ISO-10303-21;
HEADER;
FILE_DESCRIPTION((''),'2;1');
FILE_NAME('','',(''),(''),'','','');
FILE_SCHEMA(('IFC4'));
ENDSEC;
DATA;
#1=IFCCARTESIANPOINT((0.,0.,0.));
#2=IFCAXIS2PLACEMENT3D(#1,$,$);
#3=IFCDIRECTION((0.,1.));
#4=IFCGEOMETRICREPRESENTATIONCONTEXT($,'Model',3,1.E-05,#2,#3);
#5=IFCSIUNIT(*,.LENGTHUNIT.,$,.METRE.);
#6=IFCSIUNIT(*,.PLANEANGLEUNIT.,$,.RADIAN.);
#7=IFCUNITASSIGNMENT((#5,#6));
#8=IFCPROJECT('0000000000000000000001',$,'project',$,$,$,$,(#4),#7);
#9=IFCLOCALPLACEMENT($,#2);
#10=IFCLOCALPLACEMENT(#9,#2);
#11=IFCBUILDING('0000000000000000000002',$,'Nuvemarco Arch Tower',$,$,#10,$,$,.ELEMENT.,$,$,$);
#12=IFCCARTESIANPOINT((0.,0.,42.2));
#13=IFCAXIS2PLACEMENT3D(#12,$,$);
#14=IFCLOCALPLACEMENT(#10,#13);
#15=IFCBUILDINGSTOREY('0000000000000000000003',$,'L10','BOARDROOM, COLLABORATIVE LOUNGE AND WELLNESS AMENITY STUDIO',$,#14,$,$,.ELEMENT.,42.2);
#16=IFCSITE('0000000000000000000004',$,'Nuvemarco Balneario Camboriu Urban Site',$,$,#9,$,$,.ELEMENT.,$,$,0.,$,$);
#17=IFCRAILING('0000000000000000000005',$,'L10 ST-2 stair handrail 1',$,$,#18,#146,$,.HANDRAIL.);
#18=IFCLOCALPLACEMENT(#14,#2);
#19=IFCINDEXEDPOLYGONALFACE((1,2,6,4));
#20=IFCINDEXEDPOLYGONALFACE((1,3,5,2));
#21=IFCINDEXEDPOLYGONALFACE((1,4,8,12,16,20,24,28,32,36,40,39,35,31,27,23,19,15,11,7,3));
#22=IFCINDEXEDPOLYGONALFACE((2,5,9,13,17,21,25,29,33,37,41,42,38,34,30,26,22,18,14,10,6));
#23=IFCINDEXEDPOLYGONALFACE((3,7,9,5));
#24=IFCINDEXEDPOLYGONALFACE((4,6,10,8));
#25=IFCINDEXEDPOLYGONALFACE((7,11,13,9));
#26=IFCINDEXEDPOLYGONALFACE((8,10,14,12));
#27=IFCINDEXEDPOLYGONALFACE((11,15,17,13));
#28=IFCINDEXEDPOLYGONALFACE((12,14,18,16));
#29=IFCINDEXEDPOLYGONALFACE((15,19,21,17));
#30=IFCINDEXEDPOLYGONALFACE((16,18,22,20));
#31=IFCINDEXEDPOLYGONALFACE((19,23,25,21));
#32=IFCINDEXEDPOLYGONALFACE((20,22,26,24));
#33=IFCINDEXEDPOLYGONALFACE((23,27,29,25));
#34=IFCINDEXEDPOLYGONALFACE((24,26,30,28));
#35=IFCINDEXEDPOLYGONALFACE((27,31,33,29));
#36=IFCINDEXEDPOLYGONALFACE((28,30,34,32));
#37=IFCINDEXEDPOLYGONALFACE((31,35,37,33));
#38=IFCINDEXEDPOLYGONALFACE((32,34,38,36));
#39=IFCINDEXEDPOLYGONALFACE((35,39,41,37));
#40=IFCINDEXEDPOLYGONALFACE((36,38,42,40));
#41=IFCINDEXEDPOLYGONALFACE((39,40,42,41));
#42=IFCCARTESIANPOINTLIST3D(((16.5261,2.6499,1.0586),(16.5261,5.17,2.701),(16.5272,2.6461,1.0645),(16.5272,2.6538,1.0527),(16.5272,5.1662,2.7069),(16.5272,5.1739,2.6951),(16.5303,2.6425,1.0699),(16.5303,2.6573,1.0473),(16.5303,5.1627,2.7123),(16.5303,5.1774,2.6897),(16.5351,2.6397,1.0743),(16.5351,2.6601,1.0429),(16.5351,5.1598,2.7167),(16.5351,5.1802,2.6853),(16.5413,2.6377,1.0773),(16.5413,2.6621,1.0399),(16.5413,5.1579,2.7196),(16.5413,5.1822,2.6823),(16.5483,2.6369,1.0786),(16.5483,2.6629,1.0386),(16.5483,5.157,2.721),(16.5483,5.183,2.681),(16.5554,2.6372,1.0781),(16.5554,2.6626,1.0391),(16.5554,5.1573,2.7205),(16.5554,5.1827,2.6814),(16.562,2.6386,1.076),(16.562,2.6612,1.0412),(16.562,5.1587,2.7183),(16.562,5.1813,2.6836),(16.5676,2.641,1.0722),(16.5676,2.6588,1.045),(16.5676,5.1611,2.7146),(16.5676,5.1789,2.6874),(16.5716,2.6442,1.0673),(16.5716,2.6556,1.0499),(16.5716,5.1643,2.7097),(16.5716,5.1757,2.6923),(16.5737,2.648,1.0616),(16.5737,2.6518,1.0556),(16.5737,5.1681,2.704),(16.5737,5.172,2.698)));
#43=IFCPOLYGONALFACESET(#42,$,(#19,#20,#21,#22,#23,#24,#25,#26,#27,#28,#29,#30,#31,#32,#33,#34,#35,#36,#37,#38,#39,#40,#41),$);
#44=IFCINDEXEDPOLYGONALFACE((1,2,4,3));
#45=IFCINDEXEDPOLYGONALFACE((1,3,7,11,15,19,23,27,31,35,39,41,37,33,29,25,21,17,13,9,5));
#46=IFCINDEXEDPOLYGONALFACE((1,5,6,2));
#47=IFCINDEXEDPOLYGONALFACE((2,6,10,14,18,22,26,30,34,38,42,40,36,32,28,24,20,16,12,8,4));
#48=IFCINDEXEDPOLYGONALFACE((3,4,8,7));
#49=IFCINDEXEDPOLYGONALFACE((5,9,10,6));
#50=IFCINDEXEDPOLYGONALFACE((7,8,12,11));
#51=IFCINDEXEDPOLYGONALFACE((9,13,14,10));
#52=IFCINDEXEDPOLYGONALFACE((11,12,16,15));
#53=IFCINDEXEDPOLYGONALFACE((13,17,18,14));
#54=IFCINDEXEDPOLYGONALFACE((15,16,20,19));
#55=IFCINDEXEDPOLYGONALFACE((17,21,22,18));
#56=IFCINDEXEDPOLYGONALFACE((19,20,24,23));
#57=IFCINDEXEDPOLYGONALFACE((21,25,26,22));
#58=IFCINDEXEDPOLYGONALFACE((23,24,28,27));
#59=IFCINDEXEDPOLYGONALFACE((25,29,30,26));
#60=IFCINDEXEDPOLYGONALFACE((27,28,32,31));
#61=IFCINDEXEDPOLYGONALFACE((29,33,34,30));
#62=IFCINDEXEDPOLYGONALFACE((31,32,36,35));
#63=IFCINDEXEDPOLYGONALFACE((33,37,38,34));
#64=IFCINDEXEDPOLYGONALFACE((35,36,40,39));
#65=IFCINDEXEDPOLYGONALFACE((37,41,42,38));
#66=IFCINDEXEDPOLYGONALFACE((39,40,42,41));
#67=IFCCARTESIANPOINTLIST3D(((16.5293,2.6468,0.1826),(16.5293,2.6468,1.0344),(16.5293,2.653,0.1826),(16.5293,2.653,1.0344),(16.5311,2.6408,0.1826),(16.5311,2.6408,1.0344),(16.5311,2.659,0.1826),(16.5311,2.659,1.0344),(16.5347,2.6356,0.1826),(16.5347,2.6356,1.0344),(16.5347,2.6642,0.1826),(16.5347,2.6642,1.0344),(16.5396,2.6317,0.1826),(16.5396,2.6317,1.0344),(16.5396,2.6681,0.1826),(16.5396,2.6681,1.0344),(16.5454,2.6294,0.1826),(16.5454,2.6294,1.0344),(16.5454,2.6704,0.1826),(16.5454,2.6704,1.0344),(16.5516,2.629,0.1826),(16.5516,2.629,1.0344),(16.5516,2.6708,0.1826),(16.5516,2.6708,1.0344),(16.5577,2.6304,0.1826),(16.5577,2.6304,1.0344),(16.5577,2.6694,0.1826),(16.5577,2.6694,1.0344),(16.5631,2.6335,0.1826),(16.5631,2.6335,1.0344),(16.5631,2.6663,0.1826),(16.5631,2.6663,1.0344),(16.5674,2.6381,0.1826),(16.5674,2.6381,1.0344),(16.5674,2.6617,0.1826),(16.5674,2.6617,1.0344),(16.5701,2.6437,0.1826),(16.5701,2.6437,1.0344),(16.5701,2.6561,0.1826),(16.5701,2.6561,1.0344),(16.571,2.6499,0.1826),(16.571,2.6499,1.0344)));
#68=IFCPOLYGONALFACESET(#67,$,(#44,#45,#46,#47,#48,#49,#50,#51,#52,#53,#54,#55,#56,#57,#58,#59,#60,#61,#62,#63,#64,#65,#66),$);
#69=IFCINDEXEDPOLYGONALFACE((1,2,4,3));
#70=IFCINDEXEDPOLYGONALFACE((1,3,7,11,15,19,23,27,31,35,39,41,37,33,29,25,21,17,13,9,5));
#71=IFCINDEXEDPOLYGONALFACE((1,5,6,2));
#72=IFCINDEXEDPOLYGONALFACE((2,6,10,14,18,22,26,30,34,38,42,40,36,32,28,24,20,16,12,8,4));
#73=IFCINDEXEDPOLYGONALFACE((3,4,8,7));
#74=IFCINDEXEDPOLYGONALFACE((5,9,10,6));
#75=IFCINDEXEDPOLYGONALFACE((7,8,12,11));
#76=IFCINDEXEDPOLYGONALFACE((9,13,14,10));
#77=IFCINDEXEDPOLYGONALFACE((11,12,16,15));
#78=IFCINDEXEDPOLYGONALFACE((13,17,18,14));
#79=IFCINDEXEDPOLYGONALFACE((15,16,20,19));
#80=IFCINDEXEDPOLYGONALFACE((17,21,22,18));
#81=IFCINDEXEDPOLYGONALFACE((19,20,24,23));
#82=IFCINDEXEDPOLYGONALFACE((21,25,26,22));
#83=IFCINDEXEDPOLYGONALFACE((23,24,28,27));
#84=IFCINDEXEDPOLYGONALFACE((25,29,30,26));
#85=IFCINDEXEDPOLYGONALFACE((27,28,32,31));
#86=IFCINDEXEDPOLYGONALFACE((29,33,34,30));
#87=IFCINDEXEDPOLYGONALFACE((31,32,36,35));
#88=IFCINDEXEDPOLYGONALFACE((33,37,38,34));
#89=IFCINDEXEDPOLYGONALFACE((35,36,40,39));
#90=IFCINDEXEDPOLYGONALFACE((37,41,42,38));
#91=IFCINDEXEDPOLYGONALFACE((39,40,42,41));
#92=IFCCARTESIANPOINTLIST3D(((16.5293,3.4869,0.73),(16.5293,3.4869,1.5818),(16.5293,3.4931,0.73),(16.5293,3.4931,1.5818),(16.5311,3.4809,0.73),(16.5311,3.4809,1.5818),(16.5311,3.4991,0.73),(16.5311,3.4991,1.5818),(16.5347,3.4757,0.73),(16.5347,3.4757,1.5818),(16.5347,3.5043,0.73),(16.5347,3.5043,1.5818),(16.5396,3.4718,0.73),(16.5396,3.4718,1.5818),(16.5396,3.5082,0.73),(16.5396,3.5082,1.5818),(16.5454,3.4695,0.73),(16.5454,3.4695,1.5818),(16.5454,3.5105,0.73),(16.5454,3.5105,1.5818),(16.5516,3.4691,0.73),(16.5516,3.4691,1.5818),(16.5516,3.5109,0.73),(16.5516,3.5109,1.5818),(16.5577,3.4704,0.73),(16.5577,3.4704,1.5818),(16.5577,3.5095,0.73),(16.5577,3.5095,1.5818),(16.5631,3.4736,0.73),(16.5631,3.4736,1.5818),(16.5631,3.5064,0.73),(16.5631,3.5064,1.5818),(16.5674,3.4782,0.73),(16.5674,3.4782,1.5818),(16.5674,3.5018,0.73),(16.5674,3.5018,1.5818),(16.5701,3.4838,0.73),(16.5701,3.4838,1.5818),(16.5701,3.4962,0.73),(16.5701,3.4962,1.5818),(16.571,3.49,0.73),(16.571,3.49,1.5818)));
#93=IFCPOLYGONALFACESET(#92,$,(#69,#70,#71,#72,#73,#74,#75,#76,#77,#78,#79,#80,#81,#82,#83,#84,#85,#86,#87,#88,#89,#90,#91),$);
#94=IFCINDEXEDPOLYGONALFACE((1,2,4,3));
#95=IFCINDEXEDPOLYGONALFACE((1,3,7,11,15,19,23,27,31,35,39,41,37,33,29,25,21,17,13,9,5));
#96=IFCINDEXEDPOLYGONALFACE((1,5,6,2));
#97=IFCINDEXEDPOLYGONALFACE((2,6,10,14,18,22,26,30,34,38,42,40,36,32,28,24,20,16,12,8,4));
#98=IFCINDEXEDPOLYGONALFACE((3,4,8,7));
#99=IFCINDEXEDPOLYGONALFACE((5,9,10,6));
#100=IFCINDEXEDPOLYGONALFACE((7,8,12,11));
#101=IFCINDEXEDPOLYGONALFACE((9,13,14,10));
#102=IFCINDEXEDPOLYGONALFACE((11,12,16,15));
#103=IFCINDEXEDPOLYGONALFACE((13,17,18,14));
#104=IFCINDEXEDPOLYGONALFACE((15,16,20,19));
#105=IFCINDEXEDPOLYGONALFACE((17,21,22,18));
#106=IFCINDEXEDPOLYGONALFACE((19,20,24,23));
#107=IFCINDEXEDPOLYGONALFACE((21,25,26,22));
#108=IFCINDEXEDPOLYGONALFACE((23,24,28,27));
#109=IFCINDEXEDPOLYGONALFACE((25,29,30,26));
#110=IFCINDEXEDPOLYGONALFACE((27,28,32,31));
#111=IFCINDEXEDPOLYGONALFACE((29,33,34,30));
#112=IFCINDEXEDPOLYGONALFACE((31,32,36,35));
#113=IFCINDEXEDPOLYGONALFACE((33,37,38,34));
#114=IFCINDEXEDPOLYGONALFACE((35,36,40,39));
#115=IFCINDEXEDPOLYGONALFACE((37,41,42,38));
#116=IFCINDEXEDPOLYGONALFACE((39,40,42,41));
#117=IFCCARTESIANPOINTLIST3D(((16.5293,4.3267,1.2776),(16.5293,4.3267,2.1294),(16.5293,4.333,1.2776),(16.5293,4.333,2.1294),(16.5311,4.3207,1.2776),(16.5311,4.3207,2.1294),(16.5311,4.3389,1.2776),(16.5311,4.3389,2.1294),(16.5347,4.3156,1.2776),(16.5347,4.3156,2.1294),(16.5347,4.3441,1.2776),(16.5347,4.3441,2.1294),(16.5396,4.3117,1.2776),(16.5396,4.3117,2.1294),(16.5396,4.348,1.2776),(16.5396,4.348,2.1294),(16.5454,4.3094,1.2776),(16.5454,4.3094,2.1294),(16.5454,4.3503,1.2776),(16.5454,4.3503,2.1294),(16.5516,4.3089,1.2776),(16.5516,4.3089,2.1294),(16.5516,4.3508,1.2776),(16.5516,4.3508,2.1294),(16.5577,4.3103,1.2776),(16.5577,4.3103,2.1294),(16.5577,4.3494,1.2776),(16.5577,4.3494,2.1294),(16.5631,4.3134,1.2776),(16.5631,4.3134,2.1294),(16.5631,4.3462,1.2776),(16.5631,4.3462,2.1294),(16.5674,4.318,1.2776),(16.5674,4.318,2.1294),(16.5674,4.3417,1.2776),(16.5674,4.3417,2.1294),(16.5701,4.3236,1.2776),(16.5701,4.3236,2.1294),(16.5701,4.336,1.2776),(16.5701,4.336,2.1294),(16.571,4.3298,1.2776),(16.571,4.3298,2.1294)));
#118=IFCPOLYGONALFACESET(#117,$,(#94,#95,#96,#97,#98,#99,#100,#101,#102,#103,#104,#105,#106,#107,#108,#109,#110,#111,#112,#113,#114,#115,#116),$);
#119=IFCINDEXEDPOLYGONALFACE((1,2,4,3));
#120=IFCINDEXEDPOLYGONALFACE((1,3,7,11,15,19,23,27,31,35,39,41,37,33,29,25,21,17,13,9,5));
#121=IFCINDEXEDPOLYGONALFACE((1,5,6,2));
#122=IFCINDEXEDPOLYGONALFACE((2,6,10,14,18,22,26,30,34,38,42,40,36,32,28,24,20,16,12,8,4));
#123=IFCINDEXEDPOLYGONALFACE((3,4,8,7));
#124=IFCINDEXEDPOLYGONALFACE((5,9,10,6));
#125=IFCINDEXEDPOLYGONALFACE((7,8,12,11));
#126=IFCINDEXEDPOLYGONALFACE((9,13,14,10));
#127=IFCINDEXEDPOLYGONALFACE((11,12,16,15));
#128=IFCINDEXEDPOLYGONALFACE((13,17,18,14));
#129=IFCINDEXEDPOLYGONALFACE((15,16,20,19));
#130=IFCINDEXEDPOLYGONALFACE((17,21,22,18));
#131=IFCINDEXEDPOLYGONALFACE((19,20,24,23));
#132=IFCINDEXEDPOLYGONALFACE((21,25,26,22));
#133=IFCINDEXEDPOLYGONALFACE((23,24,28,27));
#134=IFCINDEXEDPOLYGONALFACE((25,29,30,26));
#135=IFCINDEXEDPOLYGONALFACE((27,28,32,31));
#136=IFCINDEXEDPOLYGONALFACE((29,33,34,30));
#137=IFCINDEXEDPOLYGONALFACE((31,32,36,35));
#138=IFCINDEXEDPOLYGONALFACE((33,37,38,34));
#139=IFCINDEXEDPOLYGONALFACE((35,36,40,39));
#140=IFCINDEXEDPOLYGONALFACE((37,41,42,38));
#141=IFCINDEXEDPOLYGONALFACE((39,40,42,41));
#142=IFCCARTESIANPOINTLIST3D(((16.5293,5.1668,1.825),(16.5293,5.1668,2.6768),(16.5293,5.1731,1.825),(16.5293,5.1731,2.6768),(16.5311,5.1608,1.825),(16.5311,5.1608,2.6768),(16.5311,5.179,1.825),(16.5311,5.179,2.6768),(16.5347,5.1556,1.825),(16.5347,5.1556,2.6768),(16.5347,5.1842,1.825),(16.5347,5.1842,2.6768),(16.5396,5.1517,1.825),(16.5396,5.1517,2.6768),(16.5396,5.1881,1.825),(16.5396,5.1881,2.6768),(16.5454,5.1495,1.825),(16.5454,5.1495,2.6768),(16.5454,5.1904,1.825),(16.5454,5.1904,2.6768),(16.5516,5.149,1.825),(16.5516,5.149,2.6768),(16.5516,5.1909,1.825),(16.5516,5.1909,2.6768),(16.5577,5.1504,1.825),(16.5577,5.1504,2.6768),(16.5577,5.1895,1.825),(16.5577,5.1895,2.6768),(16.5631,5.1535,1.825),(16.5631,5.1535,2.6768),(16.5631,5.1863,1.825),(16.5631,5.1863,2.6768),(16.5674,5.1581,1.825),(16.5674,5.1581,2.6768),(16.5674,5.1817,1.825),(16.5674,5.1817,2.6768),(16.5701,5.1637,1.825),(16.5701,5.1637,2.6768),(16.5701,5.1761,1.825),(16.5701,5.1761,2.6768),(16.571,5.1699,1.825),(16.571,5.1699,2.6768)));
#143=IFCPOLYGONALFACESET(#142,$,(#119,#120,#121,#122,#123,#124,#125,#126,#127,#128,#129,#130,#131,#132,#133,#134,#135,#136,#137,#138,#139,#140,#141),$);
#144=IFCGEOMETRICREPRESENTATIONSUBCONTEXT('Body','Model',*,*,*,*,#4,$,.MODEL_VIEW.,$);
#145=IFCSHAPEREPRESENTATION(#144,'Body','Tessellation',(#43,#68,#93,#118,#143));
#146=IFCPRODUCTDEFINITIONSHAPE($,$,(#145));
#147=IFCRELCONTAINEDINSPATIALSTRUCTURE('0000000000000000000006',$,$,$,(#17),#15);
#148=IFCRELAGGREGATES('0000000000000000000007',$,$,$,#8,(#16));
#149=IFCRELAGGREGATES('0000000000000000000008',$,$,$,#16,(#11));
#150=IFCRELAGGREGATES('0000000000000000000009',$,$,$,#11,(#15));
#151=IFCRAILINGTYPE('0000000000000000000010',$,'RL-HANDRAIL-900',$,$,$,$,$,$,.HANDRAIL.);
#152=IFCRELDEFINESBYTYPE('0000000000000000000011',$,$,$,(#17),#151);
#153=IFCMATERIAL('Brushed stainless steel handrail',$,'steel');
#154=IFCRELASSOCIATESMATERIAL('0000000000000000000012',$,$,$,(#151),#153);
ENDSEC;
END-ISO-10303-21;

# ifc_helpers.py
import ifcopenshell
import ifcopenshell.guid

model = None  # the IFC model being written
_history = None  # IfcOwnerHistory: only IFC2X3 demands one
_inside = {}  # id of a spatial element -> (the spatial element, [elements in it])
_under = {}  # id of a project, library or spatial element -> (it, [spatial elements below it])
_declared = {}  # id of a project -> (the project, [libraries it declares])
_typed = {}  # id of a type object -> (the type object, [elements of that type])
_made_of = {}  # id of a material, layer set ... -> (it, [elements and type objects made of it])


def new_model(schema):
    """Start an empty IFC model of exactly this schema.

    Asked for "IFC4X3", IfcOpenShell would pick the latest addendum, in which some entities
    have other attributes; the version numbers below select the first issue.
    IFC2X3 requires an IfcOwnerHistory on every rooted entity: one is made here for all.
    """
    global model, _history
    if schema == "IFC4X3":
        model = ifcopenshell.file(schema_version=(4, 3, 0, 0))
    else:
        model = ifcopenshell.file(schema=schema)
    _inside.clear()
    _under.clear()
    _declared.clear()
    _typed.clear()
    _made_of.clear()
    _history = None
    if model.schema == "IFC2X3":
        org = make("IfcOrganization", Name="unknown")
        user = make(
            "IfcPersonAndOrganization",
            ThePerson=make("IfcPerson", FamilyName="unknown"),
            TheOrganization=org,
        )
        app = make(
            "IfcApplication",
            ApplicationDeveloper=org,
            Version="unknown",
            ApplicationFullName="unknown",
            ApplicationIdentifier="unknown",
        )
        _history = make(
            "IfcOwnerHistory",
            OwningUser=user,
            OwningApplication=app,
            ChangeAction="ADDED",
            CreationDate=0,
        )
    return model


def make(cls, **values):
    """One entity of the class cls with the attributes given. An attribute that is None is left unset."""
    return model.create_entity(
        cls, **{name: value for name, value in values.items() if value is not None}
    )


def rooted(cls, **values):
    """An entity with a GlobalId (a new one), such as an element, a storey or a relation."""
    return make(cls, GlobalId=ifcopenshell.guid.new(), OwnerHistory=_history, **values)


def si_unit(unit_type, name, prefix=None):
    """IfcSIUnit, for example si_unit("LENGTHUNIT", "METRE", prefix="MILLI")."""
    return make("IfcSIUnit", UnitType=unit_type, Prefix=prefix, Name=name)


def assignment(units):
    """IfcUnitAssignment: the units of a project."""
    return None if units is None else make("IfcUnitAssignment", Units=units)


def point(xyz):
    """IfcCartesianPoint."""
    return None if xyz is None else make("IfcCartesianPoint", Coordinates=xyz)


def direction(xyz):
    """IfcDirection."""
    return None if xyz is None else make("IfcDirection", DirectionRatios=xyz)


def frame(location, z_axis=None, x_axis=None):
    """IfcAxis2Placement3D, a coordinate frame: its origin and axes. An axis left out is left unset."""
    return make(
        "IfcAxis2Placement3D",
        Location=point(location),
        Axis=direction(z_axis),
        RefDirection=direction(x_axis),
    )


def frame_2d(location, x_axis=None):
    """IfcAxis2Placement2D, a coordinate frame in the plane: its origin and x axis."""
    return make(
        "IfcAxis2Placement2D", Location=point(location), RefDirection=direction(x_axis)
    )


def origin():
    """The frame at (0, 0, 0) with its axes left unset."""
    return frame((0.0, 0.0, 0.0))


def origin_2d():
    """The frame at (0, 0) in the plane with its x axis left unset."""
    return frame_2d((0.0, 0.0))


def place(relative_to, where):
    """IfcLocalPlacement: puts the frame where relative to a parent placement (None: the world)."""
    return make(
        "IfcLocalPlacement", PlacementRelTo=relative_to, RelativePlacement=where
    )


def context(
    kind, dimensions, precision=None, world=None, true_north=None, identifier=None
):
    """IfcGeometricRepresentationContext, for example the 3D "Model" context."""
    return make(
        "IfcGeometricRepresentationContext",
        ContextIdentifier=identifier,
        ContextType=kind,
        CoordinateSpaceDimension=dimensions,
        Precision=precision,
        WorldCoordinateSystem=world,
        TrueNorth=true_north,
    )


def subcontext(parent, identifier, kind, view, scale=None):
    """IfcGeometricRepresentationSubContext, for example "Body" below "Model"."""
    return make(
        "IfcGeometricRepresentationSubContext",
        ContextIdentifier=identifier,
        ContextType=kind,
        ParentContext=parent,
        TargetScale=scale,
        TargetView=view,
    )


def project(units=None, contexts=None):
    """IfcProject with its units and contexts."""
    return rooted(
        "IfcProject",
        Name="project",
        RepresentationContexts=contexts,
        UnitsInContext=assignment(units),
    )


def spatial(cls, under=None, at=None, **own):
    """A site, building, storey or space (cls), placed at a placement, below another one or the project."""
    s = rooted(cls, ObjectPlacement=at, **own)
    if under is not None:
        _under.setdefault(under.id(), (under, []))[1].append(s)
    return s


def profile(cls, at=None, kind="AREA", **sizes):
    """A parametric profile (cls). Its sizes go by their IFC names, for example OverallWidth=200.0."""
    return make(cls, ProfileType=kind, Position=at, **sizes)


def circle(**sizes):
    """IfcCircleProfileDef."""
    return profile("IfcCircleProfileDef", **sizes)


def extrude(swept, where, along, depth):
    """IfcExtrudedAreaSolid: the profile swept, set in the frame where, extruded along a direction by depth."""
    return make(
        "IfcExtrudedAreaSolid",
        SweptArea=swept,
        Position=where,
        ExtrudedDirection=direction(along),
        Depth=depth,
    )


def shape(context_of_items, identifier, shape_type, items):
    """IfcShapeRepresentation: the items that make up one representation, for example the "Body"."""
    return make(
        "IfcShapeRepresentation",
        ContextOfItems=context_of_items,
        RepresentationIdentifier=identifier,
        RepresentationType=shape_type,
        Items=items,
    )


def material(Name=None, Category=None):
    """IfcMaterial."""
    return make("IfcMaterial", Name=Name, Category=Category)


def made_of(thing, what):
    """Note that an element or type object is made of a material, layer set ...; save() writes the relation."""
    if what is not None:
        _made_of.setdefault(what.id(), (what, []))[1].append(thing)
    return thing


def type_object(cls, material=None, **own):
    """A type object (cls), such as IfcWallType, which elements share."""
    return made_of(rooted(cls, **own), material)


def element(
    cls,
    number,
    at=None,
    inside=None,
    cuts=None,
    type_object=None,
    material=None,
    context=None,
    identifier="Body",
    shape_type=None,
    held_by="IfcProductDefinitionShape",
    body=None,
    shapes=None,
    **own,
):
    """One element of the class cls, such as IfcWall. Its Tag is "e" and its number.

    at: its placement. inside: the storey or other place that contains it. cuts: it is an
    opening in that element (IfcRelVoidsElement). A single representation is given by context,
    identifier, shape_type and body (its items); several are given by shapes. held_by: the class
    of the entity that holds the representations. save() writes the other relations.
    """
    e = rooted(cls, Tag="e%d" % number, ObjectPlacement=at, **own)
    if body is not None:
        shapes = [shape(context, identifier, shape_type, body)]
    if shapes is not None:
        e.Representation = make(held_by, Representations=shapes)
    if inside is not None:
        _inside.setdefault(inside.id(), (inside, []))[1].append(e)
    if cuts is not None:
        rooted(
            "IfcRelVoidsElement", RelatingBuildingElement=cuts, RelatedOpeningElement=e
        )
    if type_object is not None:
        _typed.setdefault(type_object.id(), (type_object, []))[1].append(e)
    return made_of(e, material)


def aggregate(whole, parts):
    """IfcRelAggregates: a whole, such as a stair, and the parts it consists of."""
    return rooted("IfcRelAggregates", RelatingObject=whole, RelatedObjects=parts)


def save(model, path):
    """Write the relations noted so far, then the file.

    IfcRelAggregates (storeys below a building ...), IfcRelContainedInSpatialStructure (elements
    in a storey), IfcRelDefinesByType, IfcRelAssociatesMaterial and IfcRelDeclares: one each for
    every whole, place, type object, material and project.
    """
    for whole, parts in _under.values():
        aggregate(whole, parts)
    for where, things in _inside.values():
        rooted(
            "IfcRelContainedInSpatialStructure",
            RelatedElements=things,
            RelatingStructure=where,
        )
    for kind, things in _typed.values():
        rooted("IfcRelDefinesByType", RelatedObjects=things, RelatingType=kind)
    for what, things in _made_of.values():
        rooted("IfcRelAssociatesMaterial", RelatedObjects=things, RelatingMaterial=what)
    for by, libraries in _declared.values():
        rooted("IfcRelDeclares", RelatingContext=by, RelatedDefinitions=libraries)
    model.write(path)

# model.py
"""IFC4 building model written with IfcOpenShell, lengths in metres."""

from ifc_helpers import new_model, si_unit, direction, frame, origin, origin_2d, place, context, subcontext, project, spatial, circle, extrude, material, type_object, element, save


model = new_model("IFC4")

# Units and contexts
model_context = context("Model", 3, precision=1e-05, world=origin(), true_north=direction((0.0, 1.0)))
body_context = subcontext(model_context, "Body", "Model", "MODEL_VIEW")
ifc_project = project(units=[si_unit("LENGTHUNIT", "METRE"), si_unit("PLANEANGLEUNIT", "RADIAN")], contexts=[model_context])

# Site, building, storey
site_placement = place(None, origin())
site = spatial("IfcSite", under=ifc_project, at=site_placement, Name="Nuvemarco Balneario Camboriu Urban Site", CompositionType="ELEMENT", RefElevation=0.0)
building_placement = place(site_placement, origin())
building = spatial("IfcBuilding", under=site, at=building_placement, Name="Nuvemarco Arch Tower", CompositionType="ELEMENT")
storey_placement = place(building_placement, frame((0.0, 0.0, 42.2)))
storey = spatial("IfcBuildingStorey", under=building, at=storey_placement, Name="L10", Description="BOARDROOM, COLLABORATIVE LOUNGE AND WELLNESS AMENITY STUDIO", CompositionType="ELEMENT", Elevation=42.2)

# Railing
ifc_material_1 = material(Name="Brushed stainless steel handrail", Category="steel")
railing_type_1 = type_object("IfcRailingType", Name="RL-HANDRAIL-900", PredefinedType="HANDRAIL", material=ifc_material_1)
railing_1_placement = place(storey_placement, frame((16.55, 2.6499, 0.1826)))
element("IfcRailing", 1, at=railing_1_placement, inside=storey, type_object=railing_type_1, Name="L10 ST-2 stair handrail 1", PredefinedType="HANDRAIL", context=body_context, shape_type="SweptSolid", body=[
    extrude(circle(Radius=0.0239, at=origin_2d()), frame((0.0, 0.0, 0.876), z_axis=(0.0, 0.837787, 0.545998), x_axis=(-1.0, 0.0, 0.0)), (0.0, 0.0, 1.0), 3.0081),
    extrude(circle(Radius=0.021, at=origin_2d()), origin(), (0.0, 0.0, 1.0), 0.8518),
    extrude(circle(Radius=0.021, at=origin_2d()), frame((0.0, 0.8401, 0.5474)), (0.0, 0.0, 1.0), 0.8518),
    extrude(circle(Radius=0.021, at=origin_2d()), frame((0.0, 1.6799, 1.095)), (0.0, 0.0, 1.0), 0.8518),
    extrude(circle(Radius=0.021, at=origin_2d()), frame((0.0, 2.52, 1.6423)), (0.0, 0.0, 1.0), 0.8518),
])

save(model, "model.ifc")
